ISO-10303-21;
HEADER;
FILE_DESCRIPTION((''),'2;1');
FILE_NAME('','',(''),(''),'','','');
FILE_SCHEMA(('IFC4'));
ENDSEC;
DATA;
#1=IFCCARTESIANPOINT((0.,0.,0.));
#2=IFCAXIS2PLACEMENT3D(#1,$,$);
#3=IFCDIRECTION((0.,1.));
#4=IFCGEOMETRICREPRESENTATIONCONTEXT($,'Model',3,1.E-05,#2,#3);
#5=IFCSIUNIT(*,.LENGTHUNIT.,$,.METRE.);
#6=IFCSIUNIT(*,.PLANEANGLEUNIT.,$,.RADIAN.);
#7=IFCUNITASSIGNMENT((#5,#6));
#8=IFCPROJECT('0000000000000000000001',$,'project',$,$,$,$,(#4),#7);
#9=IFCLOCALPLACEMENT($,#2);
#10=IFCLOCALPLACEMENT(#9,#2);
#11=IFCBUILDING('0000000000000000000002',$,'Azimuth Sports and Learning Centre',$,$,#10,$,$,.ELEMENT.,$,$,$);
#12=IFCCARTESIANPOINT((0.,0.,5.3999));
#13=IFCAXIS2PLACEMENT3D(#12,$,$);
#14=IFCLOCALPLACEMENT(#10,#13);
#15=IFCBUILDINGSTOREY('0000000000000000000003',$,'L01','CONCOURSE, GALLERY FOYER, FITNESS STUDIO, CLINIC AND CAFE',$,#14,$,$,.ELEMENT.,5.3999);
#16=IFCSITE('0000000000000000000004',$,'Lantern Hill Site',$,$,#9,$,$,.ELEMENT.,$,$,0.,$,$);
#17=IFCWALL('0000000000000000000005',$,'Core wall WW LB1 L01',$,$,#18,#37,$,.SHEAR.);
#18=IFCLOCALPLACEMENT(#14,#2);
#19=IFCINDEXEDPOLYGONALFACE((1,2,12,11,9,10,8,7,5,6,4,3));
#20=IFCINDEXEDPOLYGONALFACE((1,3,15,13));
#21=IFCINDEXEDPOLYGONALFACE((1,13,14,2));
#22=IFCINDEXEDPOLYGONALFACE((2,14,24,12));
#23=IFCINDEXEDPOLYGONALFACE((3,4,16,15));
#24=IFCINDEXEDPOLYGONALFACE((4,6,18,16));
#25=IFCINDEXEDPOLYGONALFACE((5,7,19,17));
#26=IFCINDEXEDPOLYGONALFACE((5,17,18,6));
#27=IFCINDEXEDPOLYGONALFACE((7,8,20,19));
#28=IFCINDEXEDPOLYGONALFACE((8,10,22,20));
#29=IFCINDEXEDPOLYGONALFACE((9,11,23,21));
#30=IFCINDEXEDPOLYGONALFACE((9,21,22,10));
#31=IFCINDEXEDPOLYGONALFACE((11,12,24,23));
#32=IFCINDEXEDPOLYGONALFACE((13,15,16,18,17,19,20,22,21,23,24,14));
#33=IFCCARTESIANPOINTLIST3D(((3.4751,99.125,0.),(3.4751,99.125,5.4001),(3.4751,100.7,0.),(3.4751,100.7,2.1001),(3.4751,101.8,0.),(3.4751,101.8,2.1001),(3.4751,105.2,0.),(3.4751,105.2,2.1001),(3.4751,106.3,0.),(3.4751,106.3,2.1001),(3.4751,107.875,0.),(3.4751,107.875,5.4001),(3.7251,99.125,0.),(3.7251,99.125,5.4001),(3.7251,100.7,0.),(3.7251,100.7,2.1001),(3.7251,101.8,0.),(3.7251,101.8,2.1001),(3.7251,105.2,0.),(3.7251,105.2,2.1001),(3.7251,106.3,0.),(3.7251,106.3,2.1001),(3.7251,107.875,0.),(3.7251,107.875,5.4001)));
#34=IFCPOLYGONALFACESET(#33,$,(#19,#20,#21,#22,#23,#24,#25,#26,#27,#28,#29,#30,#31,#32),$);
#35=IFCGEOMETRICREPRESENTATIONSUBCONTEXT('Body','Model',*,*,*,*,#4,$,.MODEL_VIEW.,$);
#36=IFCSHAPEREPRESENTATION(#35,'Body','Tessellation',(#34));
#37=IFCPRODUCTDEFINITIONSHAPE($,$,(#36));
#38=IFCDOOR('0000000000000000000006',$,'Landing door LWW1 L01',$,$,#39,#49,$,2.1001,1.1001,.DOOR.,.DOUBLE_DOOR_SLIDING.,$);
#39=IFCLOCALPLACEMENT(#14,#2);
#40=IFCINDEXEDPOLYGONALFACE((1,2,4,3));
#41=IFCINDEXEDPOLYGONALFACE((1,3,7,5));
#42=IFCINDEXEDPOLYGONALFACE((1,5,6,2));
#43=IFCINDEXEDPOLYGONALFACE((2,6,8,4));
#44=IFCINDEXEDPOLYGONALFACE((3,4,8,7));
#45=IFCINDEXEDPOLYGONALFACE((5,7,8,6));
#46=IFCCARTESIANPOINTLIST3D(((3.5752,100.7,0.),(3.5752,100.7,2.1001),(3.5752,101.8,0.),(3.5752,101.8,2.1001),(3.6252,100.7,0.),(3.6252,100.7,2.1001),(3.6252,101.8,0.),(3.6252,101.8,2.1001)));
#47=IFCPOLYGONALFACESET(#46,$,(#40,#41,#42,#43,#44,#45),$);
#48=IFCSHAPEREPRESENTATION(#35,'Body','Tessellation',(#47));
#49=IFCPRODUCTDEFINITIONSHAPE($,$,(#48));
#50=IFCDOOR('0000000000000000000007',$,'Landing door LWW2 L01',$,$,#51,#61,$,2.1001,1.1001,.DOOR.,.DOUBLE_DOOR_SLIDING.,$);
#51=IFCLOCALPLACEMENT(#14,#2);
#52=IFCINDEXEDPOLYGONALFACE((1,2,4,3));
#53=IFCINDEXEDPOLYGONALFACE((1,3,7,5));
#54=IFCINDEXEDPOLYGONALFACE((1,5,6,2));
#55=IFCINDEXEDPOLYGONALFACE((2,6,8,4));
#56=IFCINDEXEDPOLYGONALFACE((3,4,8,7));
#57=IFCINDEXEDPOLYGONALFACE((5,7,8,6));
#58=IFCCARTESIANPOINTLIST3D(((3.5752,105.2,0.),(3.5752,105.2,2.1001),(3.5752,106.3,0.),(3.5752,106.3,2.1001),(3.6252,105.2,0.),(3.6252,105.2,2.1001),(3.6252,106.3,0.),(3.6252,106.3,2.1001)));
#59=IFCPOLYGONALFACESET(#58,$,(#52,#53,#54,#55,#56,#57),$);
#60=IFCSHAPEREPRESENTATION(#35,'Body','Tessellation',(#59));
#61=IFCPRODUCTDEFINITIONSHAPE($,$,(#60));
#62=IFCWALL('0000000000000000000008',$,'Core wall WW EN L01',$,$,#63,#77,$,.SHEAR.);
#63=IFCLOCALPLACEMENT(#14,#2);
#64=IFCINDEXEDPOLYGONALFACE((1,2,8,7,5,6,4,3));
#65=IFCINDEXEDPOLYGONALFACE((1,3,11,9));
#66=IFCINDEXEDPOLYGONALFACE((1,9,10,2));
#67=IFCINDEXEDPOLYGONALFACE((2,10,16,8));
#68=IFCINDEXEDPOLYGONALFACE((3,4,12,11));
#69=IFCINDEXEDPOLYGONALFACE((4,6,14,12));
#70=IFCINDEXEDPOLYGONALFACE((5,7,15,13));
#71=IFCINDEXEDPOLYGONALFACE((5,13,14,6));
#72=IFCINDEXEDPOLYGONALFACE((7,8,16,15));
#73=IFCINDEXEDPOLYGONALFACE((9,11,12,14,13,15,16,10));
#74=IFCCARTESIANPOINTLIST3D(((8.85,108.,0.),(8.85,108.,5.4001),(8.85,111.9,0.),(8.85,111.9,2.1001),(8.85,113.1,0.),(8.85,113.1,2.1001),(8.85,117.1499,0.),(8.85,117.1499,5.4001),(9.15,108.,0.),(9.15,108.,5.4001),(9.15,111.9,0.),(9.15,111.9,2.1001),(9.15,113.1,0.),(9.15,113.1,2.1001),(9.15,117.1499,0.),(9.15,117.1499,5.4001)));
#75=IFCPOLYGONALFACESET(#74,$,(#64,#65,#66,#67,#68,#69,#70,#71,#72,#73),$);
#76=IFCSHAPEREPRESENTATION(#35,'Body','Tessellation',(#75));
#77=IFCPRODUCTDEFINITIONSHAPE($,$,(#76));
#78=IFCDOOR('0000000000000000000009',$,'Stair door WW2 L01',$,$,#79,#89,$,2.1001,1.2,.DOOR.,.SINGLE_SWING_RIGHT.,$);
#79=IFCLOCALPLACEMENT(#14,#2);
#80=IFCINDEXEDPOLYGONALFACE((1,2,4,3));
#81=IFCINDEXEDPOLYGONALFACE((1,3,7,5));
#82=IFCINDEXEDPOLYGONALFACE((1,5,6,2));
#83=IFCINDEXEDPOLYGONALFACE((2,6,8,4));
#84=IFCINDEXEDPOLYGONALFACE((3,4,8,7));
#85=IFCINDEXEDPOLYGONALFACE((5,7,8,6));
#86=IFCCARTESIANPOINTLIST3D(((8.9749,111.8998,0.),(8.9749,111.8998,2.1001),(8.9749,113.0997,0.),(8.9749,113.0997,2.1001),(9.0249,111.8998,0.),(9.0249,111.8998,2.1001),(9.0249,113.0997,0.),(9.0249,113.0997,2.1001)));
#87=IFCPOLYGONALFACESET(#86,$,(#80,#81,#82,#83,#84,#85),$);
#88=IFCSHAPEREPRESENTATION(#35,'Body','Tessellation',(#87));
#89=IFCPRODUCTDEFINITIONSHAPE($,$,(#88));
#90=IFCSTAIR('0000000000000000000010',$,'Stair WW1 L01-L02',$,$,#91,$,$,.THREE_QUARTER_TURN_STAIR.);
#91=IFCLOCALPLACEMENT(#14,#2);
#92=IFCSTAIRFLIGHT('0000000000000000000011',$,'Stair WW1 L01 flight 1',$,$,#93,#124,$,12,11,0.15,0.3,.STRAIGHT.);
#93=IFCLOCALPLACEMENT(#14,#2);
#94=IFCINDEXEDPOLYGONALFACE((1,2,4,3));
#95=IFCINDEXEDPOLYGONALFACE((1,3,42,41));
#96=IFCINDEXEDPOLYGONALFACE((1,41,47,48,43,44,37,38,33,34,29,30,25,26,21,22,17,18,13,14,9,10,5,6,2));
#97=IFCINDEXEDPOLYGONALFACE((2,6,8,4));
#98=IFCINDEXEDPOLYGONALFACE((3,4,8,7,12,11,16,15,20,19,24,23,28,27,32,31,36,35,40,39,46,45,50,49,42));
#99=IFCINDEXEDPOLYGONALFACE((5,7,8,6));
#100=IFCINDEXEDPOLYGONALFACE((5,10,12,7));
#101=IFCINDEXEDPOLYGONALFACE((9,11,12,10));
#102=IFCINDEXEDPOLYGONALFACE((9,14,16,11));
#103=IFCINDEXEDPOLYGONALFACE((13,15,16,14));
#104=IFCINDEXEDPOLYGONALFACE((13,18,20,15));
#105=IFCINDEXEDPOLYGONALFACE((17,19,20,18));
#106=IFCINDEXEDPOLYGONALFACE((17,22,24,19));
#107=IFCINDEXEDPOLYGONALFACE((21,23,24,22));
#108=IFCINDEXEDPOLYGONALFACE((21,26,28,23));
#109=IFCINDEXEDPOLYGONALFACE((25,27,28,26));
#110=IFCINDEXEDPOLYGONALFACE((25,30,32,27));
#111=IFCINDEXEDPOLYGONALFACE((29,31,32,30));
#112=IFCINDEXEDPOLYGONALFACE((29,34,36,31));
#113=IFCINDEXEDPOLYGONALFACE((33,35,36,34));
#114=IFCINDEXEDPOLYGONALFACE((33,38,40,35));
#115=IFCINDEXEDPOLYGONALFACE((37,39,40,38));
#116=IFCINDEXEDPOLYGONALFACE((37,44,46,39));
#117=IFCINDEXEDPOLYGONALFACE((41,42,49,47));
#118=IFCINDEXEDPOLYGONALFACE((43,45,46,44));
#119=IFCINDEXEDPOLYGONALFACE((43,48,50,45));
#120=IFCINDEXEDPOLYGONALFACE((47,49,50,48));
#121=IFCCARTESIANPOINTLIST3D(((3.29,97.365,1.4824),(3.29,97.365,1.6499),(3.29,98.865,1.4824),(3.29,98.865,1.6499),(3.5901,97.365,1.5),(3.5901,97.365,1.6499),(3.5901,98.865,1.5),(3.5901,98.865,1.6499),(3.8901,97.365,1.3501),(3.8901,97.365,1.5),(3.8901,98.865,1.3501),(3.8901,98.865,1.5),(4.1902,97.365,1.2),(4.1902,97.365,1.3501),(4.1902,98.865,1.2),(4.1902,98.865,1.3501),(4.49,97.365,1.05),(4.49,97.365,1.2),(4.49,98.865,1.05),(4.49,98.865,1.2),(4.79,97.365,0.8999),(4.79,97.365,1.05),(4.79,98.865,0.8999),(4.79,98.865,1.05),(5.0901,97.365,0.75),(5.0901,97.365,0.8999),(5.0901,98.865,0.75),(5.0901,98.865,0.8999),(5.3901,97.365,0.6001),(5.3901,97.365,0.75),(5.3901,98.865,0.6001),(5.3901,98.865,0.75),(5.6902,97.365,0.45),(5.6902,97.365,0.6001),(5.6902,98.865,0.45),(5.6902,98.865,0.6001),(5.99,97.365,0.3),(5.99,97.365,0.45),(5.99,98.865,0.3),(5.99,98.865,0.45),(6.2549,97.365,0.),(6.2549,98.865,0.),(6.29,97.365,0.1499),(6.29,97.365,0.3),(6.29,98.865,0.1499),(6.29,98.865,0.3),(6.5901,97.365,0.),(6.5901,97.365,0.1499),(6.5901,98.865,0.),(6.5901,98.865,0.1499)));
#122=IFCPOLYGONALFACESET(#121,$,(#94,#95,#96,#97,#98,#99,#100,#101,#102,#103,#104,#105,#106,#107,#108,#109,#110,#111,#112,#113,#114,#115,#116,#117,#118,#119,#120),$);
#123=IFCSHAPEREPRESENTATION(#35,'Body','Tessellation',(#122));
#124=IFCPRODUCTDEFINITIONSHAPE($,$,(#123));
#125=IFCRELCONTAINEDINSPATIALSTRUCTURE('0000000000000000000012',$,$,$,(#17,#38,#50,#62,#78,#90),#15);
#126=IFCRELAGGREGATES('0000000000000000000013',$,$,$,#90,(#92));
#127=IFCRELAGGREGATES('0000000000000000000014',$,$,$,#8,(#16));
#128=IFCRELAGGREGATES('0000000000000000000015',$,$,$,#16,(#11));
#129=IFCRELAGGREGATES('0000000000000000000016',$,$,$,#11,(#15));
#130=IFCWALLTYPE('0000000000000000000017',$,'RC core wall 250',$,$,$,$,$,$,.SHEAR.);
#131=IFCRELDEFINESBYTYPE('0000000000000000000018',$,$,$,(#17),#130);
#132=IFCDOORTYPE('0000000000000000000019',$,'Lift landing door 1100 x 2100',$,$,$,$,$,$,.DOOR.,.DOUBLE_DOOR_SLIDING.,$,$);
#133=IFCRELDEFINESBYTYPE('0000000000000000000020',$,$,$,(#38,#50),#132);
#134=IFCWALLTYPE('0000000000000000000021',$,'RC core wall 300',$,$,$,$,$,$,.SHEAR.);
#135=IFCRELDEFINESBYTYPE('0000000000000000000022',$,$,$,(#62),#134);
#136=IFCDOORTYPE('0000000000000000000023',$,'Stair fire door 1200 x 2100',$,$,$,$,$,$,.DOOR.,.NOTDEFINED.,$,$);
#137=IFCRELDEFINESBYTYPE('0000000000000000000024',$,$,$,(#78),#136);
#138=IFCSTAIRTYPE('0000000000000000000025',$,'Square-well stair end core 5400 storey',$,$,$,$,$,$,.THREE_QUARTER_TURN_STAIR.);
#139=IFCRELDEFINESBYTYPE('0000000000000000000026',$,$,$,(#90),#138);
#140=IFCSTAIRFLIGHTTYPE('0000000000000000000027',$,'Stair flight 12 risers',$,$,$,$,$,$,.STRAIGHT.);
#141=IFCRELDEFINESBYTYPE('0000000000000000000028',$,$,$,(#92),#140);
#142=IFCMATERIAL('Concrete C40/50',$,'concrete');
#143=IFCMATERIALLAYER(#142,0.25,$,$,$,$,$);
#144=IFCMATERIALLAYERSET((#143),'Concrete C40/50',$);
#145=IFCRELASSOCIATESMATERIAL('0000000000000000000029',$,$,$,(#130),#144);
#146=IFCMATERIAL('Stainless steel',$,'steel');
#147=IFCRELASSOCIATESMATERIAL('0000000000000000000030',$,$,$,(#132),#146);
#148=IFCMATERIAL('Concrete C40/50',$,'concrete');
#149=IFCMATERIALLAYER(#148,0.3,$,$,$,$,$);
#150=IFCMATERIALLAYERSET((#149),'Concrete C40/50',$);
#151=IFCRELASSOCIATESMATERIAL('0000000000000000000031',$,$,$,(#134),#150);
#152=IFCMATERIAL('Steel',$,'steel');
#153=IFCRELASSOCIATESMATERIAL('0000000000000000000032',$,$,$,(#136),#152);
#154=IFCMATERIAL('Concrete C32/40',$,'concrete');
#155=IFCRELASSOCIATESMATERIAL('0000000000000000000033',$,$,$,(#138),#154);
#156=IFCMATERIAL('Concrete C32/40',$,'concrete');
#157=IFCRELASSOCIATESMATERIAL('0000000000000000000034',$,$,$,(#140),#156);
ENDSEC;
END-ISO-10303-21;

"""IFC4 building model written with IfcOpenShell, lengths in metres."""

from ifc_helpers import new_model, si_unit, direction, frame, frame_2d, origin, place, context, subcontext, project, spatial, polyline, rectangle, outline, extrude, material, layer, layer_set, type_object, element, fill, aggregate, save


model = new_model("IFC4")

# Units and contexts
model_context = context("Model", 3, precision=1e-05, world=origin(), true_north=direction((0.0, 1.0)))
body_context = subcontext(model_context, "Body", "Model", "MODEL_VIEW")
ifc_project = project(units=[si_unit("LENGTHUNIT", "METRE"), si_unit("PLANEANGLEUNIT", "RADIAN")], contexts=[model_context])

# Site, building, storey
site_placement = place(None, origin())
site = spatial("IfcSite", under=ifc_project, at=site_placement, Name="Lantern Hill Site", CompositionType="ELEMENT", RefElevation=0.0)
building_placement = place(site_placement, origin())
building = spatial("IfcBuilding", under=site, at=building_placement, Name="Azimuth Sports and Learning Centre", CompositionType="ELEMENT")
storey_placement = place(building_placement, frame((0.0, 0.0, 5.3999)))
storey = spatial("IfcBuildingStorey", under=building, at=storey_placement, Name="L01", Description="CONCOURSE, GALLERY FOYER, FITNESS STUDIO, CLINIC AND CAFE", CompositionType="ELEMENT", Elevation=5.3999)

# Wall, openings, doors
ifc_material_1 = material(Name="Concrete C40/50", Category="concrete")
ifc_layer_1 = layer(ifc_material_1, 0.25)
ifc_layer_set_1 = layer_set([ifc_layer_1], Name="Concrete C40/50")
wall_type_1 = type_object("IfcWallType", Name="RC core wall 250", PredefinedType="SHEAR", material=ifc_layer_set_1)
wall_1_placement = place(storey_placement, frame((3.6001, 99.125, 0.0), z_axis=(0.0, 0.0, 1.0), x_axis=(0.0, 1.0, 0.0)))
wall_1 = element("IfcWall", 1, at=wall_1_placement, inside=storey, type_object=wall_type_1, Name="Core wall WW LB1 L01", PredefinedType="SHEAR", context=body_context, shape_type="SweptSolid", body=[
    extrude(rectangle(XDim=8.75, YDim=0.25, at=frame_2d((4.375, 0.0))), origin(), (0.0, 0.0, 1.0), 5.4001),
])
opening_1_placement = place(wall_1_placement, frame((1.575, 0.0, 0.0)))
opening_1 = element("IfcOpeningElement", 2, at=opening_1_placement, cuts=wall_1, PredefinedType="OPENING", context=body_context, shape_type="SweptSolid", body=[
    extrude(rectangle(XDim=1.1001, YDim=2.1001, at=frame_2d((0.55, 1.05))), frame((0.0, 0.136, 0.0), z_axis=(0.0, -1.0, 0.0), x_axis=(1.0, 0.0, 0.0)), (0.0, 0.0, 1.0), 0.272),
])
opening_2_placement = place(wall_1_placement, frame((6.075, 0.0, 0.0)))
opening_2 = element("IfcOpeningElement", 3, at=opening_2_placement, cuts=wall_1, PredefinedType="OPENING", context=body_context, shape_type="SweptSolid", body=[
    extrude(rectangle(XDim=1.1001, YDim=2.1001, at=frame_2d((0.55, 1.05))), frame((0.0, 0.136, 0.0), z_axis=(0.0, -1.0, 0.0), x_axis=(1.0, 0.0, 0.0)), (0.0, 0.0, 1.0), 0.272),
])
ifc_material_2 = material(Name="Stainless steel", Category="steel")
door_type_1 = type_object("IfcDoorType", Name="Lift landing door 1100 x 2100", OperationType="DOUBLE_DOOR_SLIDING", PredefinedType="DOOR", material=ifc_material_2)
door_1_placement = place(opening_1_placement, origin())
door_1 = element("IfcDoor", 4, at=door_1_placement, inside=storey, type_object=door_type_1, Name="Landing door LWW1 L01", OperationType="DOUBLE_DOOR_SLIDING", OverallHeight=2.1001, OverallWidth=1.1001, PredefinedType="DOOR", context=body_context, shape_type="SweptSolid", body=[
    extrude(rectangle(XDim=1.1001, YDim=2.1001, at=frame_2d((0.55, 1.05))), frame((0.0, 0.0249, 0.0), z_axis=(0.0, -1.0, 0.0), x_axis=(1.0, 0.0, 0.0)), (0.0, 0.0, 1.0), 0.05),
])
fill(opening_1, door_1)
door_2_placement = place(opening_2_placement, origin())
door_2 = element("IfcDoor", 5, at=door_2_placement, inside=storey, type_object=door_type_1, Name="Landing door LWW2 L01", OperationType="DOUBLE_DOOR_SLIDING", OverallHeight=2.1001, OverallWidth=1.1001, PredefinedType="DOOR", context=body_context, shape_type="SweptSolid", body=[
    extrude(rectangle(XDim=1.1001, YDim=2.1001, at=frame_2d((0.55, 1.05))), frame((0.0, 0.0249, 0.0), z_axis=(0.0, -1.0, 0.0), x_axis=(1.0, 0.0, 0.0)), (0.0, 0.0, 1.0), 0.05),
])
fill(opening_2, door_2)

# Wall, opening, door
ifc_material_3 = material(Name="Concrete C40/50", Category="concrete")
ifc_layer_2 = layer(ifc_material_3, 0.3)
ifc_layer_set_2 = layer_set([ifc_layer_2], Name="Concrete C40/50")
wall_type_2 = type_object("IfcWallType", Name="RC core wall 300", PredefinedType="SHEAR", material=ifc_layer_set_2)
wall_2_placement = place(storey_placement, frame((9.0, 108.0, 0.0), z_axis=(0.0, 0.0, 1.0), x_axis=(0.0, 1.0, 0.0)))
wall_2 = element("IfcWall", 6, at=wall_2_placement, inside=storey, type_object=wall_type_2, Name="Core wall WW EN L01", PredefinedType="SHEAR", context=body_context, shape_type="SweptSolid", body=[
    extrude(rectangle(XDim=9.1499, YDim=0.3, at=frame_2d((4.575, 0.0))), origin(), (0.0, 0.0, 1.0), 5.4001),
])
opening_3_placement = place(wall_2_placement, frame((3.8999, 0.0, 0.0)))
opening_3 = element("IfcOpeningElement", 7, at=opening_3_placement, cuts=wall_2, PredefinedType="OPENING", context=body_context, shape_type="SweptSolid", body=[
    extrude(rectangle(XDim=1.2, YDim=2.1001, at=frame_2d((0.6001, 1.05))), frame((0.0, 0.1611, 0.0), z_axis=(0.0, -1.0, 0.0), x_axis=(1.0, 0.0, 0.0)), (0.0, 0.0, 1.0), 0.322),
])
ifc_material_4 = material(Name="Steel", Category="steel")
door_type_2 = type_object("IfcDoorType", Name="Stair fire door 1200 x 2100", OperationType="NOTDEFINED", PredefinedType="DOOR", material=ifc_material_4)
door_3_placement = place(opening_3_placement, frame((1.2, 0.0, 0.0), z_axis=(0.0, 0.0, 1.0), x_axis=(-1.0, 0.0, 0.0)))
door_3 = element("IfcDoor", 8, at=door_3_placement, inside=storey, type_object=door_type_2, Name="Stair door WW2 L01", OperationType="SINGLE_SWING_RIGHT", OverallHeight=2.1001, OverallWidth=1.2, PredefinedType="DOOR", context=body_context, shape_type="SweptSolid", body=[
    extrude(rectangle(XDim=1.2, YDim=2.1001, at=frame_2d((0.6001, 1.05))), frame((0.0, 0.0249, 0.0), z_axis=(0.0, -1.0, 0.0), x_axis=(1.0, 0.0, 0.0)), (0.0, 0.0, 1.0), 0.05),
])
fill(opening_3, door_3)

# Stair, stair flight
ifc_material_5 = material(Name="Concrete C32/40", Category="concrete")
stair_type = type_object("IfcStairType", Name="Square-well stair end core 5400 storey", PredefinedType="THREE_QUARTER_TURN_STAIR", material=ifc_material_5)
stair_placement = place(storey_placement, origin())
stair = element("IfcStair", 9, at=stair_placement, inside=storey, type_object=stair_type, Name="Stair WW1 L01-L02", PredefinedType="THREE_QUARTER_TURN_STAIR")
ifc_material_6 = material(Name="Concrete C32/40", Category="concrete")
stair_flight_type = type_object("IfcStairFlightType", Name="Stair flight 12 risers", PredefinedType="STRAIGHT", material=ifc_material_6)
stair_flight_placement = place(storey_placement, frame((6.5901, 98.115, 0.0), z_axis=(0.0, 0.0, 1.0), x_axis=(-1.0, 0.0, 0.0)))
stair_flight = element("IfcStairFlight", 10, at=stair_flight_placement, type_object=stair_flight_type, Name="Stair WW1 L01 flight 1", NumberOfRisers=12, NumberOfTreads=11, PredefinedType="STRAIGHT", RiserHeight=0.15, TreadLength=0.3, context=body_context, shape_type="SweptSolid", body=[
    extrude(outline(polyline([(0.0, 0.0), (0.0, 0.1499), (0.3, 0.1499), (0.3, 0.3), (0.6001, 0.3), (0.6001, 0.45), (0.8999, 0.45), (0.8999, 0.6001), (1.2, 0.6001), (1.2, 0.75), (1.5, 0.75), (1.5, 0.8999), (1.8, 0.8999), (1.8, 1.05), (2.1001, 1.05), (2.1001, 1.2), (2.3999, 1.2), (2.3999, 1.3501), (2.7, 1.3501), (2.7, 1.5), (3.0, 1.5), (3.0, 1.6499), (3.3, 1.6499), (3.3, 1.8), (3.3, 1.4824), (0.3352, 0.0), (0.0, 0.0)])), frame((0.0, 0.75, 0.0), z_axis=(0.0, -1.0, 0.0), x_axis=(1.0, 0.0, 0.0)), (0.0, 0.0, 1.0), 1.5),
])
aggregate(stair, [stair_flight])

save(model, "model.ifc")
